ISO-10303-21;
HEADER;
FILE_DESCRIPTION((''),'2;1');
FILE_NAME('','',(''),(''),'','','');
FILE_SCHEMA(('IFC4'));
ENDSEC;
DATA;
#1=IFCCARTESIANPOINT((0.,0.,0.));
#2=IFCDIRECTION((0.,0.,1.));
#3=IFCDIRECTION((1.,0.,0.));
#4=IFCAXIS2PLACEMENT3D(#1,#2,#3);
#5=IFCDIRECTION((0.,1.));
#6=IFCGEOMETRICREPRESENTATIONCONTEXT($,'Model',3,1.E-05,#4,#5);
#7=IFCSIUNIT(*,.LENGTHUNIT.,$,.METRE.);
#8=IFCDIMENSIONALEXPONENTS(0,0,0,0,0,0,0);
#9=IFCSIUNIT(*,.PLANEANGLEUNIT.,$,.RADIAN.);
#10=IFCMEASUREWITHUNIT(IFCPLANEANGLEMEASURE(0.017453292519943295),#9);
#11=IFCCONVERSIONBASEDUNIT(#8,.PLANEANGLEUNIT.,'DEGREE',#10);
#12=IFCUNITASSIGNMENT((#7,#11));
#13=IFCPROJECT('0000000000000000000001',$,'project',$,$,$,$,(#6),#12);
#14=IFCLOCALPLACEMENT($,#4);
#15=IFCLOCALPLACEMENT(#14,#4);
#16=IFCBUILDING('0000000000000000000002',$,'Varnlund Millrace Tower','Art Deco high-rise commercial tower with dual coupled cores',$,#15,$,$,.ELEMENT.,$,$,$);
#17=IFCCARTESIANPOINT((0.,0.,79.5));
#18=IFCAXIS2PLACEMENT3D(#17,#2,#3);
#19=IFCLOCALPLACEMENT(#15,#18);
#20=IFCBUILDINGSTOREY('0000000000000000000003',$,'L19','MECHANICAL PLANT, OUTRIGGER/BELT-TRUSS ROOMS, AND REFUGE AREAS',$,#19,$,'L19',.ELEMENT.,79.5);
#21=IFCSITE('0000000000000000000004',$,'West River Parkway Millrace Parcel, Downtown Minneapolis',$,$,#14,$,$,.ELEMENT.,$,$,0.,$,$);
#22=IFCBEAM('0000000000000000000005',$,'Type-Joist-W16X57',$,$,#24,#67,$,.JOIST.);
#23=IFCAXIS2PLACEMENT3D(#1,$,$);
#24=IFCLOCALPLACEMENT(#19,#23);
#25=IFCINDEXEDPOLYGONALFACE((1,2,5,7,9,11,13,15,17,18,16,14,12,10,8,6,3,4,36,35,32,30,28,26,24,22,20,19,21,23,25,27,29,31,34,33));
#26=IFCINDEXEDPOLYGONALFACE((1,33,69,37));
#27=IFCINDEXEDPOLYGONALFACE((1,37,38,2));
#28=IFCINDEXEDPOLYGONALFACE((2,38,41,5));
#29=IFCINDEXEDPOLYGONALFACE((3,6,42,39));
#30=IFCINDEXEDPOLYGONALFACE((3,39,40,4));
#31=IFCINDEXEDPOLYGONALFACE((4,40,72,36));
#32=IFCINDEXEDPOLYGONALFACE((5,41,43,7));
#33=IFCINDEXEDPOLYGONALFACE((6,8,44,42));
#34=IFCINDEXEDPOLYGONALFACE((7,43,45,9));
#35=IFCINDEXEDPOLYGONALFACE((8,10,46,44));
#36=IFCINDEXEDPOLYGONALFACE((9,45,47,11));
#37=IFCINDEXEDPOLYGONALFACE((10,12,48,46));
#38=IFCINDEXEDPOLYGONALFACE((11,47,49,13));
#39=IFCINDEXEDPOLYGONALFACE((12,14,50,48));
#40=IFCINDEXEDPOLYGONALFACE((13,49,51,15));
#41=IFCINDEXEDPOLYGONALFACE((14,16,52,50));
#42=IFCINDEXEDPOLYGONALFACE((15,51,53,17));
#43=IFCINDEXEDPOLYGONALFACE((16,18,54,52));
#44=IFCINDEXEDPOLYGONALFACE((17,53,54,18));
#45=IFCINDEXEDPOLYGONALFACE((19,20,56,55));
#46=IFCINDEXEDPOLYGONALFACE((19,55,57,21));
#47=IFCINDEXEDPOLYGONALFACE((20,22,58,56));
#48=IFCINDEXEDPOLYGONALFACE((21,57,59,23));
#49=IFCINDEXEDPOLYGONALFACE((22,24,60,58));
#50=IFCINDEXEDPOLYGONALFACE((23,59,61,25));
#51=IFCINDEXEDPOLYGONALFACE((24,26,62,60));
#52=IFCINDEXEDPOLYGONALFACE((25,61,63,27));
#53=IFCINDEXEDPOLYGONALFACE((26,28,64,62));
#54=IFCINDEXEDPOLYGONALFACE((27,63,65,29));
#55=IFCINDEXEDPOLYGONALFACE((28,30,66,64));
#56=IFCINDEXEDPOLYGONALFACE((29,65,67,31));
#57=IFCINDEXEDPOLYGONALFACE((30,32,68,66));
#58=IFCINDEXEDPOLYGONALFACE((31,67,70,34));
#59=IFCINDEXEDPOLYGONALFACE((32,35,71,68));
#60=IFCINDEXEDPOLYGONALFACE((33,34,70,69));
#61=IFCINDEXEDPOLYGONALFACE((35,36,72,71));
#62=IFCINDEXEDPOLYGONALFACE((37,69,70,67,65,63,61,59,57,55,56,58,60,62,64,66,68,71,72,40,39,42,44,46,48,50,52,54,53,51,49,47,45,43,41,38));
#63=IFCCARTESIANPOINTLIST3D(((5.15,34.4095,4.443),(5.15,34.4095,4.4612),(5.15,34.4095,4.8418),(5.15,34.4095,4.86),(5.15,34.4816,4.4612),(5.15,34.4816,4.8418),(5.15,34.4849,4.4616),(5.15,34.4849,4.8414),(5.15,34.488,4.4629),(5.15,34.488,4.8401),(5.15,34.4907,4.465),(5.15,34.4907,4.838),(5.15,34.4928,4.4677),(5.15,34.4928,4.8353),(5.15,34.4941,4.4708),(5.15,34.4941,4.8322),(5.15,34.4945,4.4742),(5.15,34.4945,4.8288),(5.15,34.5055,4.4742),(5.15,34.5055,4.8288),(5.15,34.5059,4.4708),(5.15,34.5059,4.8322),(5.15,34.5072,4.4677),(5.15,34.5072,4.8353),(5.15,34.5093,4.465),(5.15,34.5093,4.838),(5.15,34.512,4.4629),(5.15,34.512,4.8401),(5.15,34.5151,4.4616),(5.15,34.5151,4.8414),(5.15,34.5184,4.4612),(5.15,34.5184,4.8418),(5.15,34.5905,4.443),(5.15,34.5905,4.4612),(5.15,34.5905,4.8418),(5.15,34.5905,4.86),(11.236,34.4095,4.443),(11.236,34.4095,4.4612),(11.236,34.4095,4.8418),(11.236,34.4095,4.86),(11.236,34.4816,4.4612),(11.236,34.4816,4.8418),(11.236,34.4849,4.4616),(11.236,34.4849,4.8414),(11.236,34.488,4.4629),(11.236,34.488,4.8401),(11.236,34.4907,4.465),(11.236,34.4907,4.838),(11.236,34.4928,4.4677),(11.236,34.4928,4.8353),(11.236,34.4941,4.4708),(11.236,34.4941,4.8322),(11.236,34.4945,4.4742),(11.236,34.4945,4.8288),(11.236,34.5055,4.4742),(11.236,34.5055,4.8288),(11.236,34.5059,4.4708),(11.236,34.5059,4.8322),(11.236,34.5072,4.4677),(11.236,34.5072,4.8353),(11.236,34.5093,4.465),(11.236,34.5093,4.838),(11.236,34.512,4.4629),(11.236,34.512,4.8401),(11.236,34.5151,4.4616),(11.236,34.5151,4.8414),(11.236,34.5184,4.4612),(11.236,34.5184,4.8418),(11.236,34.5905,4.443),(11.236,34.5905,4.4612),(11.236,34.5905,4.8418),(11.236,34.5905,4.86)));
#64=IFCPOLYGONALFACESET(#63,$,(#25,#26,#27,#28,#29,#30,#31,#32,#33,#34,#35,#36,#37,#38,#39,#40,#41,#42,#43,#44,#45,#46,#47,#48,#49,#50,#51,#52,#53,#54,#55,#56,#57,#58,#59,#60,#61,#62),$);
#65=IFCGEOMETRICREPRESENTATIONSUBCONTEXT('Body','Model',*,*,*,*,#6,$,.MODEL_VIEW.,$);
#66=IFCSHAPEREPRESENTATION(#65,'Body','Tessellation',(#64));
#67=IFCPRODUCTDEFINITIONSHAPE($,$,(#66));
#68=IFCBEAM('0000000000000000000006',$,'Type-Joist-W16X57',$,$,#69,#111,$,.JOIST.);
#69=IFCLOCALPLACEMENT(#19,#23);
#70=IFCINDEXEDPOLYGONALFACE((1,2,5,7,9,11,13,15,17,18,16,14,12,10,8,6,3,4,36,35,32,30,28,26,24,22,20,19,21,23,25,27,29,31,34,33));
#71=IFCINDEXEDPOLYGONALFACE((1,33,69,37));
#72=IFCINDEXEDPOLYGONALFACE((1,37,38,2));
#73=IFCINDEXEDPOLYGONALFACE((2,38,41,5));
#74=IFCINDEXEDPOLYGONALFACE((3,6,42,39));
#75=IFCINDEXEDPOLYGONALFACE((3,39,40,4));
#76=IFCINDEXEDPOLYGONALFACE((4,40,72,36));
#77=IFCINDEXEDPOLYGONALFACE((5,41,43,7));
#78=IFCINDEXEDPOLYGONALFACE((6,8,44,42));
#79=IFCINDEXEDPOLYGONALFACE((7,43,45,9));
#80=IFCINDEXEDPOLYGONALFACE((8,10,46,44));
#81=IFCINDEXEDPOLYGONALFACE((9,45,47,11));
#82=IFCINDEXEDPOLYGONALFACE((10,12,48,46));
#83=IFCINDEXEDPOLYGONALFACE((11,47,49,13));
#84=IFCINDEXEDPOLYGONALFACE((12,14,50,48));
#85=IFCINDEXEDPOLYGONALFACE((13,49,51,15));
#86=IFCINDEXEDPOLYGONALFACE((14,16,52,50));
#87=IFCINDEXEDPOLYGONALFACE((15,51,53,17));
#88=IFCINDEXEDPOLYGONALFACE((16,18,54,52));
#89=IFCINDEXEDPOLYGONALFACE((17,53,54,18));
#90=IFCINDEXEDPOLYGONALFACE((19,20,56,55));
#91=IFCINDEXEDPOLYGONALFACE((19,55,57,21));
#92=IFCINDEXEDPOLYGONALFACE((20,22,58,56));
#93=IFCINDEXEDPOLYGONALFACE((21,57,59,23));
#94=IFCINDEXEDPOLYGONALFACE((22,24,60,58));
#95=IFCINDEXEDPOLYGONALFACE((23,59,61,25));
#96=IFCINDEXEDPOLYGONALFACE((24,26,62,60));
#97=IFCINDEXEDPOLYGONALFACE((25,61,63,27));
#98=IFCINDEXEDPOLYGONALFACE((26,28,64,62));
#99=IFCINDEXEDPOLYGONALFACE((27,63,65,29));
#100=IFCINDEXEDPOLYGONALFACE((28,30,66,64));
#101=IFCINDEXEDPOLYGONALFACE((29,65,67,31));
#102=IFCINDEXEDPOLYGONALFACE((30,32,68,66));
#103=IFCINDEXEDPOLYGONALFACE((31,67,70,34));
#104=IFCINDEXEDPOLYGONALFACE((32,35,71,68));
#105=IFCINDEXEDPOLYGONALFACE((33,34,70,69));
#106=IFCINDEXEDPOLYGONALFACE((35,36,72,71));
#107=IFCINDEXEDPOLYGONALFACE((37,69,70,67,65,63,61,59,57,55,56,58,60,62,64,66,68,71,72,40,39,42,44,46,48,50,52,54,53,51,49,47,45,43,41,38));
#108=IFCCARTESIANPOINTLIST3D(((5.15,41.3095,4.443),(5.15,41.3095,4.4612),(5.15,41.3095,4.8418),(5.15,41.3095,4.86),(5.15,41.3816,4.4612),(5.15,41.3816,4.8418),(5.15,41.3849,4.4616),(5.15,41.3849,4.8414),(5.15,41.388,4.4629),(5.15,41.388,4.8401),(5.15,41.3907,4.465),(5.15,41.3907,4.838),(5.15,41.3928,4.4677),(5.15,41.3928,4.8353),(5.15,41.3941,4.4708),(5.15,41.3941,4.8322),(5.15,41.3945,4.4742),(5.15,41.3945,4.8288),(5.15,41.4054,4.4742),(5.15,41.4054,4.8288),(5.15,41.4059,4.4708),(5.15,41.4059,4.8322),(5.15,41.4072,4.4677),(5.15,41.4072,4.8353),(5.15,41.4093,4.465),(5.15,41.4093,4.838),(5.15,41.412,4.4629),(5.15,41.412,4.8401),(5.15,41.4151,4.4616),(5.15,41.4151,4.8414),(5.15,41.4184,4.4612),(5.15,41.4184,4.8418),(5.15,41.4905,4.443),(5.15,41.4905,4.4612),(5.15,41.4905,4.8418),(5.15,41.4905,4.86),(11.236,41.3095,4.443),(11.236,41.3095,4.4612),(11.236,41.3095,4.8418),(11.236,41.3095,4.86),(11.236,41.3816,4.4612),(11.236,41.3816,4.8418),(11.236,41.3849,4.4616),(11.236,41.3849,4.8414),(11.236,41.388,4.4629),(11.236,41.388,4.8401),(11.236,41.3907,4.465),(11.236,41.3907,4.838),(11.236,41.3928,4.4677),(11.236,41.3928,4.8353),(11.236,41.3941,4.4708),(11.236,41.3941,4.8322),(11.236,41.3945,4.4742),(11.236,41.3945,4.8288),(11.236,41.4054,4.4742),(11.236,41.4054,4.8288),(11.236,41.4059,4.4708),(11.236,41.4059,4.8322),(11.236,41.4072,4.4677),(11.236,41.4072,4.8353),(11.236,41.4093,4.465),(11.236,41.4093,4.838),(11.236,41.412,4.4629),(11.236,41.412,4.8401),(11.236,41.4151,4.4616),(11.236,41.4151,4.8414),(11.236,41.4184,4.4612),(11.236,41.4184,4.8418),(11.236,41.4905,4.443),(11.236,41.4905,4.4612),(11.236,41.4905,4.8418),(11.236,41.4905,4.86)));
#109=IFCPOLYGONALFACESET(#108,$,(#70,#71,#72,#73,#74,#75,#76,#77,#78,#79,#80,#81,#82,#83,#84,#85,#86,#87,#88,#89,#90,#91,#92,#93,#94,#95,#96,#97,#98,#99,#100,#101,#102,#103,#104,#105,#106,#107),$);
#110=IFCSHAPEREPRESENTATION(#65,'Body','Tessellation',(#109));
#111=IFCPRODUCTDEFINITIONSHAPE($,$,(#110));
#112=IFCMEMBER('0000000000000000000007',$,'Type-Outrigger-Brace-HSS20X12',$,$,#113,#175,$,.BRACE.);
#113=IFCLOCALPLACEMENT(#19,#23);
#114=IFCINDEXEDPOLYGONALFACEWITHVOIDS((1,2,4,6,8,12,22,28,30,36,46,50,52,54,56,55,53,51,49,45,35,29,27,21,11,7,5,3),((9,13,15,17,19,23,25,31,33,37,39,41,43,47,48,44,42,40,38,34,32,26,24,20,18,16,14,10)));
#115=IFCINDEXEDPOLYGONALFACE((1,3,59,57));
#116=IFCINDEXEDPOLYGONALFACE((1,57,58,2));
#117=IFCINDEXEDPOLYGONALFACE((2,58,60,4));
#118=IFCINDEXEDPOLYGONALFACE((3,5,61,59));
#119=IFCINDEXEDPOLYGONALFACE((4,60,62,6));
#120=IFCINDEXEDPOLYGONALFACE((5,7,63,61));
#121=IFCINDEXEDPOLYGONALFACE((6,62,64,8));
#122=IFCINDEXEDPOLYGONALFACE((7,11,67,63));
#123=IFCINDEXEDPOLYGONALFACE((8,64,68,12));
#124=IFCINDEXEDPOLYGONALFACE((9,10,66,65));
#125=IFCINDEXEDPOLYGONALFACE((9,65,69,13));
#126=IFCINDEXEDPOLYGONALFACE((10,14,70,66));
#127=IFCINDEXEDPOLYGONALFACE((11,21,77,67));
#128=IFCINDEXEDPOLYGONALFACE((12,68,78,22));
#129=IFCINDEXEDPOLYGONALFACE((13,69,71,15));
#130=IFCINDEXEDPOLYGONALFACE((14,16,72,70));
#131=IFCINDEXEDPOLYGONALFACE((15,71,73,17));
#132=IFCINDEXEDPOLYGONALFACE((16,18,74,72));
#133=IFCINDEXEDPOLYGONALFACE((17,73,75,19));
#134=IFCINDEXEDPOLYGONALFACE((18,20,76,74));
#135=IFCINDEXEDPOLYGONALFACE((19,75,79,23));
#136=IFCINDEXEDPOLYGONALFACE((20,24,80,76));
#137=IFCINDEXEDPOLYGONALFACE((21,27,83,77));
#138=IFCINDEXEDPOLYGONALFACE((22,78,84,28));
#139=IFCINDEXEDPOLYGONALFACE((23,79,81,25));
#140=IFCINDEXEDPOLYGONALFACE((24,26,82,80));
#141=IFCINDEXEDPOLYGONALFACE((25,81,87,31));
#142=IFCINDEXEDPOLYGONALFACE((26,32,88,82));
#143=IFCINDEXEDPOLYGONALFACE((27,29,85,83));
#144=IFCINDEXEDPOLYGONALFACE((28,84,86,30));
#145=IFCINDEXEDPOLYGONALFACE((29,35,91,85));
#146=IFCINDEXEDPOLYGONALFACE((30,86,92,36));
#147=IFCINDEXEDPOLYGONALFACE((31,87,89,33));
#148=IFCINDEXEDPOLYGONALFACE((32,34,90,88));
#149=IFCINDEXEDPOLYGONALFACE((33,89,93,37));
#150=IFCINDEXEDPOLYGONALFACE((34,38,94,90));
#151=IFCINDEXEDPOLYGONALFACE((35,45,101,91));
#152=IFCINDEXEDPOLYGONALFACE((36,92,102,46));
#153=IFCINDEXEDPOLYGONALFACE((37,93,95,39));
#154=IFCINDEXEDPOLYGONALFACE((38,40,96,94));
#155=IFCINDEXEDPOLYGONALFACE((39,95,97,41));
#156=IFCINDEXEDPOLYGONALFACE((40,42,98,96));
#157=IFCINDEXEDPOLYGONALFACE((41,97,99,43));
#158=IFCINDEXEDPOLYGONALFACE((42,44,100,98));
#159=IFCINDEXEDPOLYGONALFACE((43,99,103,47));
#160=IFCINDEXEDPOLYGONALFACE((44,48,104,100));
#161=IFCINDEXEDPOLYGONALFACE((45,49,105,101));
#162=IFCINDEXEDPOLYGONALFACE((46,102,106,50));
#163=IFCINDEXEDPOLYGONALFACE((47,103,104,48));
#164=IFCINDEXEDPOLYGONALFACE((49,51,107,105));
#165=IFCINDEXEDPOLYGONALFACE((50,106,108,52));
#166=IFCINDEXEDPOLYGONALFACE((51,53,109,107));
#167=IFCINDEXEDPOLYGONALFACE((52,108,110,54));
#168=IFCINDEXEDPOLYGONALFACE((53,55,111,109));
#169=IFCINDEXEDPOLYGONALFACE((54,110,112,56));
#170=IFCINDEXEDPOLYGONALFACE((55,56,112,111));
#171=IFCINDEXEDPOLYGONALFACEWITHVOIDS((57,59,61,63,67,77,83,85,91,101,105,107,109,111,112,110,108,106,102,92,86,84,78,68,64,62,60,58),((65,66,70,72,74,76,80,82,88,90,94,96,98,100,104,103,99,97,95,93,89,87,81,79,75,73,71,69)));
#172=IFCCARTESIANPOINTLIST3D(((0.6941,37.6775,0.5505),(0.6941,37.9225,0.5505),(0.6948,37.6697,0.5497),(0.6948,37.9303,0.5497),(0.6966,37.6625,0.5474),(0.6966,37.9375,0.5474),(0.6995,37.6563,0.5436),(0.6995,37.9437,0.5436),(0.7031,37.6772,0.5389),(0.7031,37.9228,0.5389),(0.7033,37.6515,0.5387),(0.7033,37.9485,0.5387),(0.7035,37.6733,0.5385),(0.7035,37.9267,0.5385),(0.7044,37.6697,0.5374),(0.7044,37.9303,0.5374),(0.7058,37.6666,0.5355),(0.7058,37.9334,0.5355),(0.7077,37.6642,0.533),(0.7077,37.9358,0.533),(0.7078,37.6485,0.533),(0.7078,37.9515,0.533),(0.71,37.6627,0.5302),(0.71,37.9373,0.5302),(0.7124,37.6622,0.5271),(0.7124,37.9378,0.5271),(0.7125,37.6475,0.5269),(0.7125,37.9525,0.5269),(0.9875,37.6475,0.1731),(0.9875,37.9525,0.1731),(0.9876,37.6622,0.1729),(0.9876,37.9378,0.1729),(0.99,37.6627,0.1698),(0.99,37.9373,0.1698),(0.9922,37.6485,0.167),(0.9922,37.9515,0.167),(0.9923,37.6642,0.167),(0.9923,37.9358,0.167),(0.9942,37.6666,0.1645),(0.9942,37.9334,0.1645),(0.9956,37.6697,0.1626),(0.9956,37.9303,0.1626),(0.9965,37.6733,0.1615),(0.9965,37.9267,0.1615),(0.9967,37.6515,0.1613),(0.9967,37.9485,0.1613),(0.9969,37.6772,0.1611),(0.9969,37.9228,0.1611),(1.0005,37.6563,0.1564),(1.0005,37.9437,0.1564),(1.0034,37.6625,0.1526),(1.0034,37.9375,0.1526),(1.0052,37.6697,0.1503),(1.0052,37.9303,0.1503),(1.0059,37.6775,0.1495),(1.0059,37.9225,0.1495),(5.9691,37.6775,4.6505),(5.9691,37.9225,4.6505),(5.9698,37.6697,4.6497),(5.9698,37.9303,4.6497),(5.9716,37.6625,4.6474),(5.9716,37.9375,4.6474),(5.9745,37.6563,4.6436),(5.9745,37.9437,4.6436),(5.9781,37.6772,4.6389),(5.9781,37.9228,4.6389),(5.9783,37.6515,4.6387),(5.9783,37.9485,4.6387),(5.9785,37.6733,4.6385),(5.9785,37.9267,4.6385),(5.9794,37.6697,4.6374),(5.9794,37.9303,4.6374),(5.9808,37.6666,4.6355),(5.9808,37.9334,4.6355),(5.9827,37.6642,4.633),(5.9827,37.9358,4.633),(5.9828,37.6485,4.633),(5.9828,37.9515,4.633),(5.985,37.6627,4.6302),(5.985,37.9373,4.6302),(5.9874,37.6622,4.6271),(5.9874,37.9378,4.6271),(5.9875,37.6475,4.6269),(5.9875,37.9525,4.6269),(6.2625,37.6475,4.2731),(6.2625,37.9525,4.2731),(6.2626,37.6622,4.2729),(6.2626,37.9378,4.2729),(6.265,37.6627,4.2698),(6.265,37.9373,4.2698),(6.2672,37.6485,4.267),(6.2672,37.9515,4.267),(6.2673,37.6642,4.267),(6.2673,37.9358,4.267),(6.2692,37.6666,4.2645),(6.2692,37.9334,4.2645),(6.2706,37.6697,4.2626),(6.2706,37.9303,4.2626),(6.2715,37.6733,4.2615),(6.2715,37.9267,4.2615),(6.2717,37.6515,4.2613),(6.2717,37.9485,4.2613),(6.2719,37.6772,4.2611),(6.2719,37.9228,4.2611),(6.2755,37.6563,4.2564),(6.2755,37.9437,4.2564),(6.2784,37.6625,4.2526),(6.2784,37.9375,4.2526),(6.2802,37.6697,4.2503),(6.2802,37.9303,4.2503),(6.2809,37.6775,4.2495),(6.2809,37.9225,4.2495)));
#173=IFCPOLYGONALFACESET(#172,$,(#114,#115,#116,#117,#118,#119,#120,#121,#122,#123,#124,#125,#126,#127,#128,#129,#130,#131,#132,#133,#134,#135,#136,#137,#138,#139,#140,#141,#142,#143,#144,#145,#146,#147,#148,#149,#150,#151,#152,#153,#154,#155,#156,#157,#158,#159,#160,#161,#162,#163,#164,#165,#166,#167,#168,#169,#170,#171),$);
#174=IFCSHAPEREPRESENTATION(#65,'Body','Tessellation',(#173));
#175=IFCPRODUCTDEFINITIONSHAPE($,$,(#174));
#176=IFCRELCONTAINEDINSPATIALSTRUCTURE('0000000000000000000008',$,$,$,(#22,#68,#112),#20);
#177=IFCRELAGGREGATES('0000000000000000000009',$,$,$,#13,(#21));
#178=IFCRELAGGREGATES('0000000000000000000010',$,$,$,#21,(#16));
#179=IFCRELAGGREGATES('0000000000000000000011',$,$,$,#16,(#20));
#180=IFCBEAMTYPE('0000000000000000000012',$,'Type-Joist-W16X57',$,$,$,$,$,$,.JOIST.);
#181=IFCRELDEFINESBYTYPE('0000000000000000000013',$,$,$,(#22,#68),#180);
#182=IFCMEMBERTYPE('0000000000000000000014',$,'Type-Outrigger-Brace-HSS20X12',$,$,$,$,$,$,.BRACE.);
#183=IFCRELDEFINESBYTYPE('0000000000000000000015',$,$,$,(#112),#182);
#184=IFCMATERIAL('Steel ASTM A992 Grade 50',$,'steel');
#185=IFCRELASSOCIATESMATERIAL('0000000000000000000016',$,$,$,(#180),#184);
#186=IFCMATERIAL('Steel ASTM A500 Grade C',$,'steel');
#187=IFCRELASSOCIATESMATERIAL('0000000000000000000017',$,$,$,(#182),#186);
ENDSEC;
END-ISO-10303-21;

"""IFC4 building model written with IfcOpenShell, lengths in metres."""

from ifc_helpers import new_model, entity, si_unit, converted_unit, direction, frame, origin_with_axes, origin_2d_with_axis, place, context, subcontext, project, spatial, hollow_rectangle, i_section, extrude, material, material_profile, profile_set, type_object, element, save


model = new_model("IFC4")

# Units and contexts
model_context = context("Model", 3, precision=1e-05, world=origin_with_axes(), true_north=direction((0.0, 1.0)))
body_context = subcontext(model_context, "Body", "Model", "MODEL_VIEW")
ifc_project = project(units=[si_unit("LENGTHUNIT", "METRE"), converted_unit("PLANEANGLEUNIT", "DEGREE", entity("IfcPlaneAngleMeasure", 0.017453292519943295), si_unit("PLANEANGLEUNIT", "RADIAN"), dimensions=[0, 0, 0, 0, 0, 0, 0])], contexts=[model_context])

# Site, building, storey
site_placement = place(None, origin_with_axes())
site = spatial("IfcSite", under=ifc_project, at=site_placement, Name="West River Parkway Millrace Parcel, Downtown Minneapolis", CompositionType="ELEMENT", RefElevation=0.0)
building_placement = place(site_placement, origin_with_axes())
building = spatial("IfcBuilding", under=site, at=building_placement, Name="Varnlund Millrace Tower", Description="Art Deco high-rise commercial tower with dual coupled cores", CompositionType="ELEMENT")
storey_placement = place(building_placement, frame((0.0, 0.0, 79.5), z_axis=(0.0, 0.0, 1.0), x_axis=(1.0, 0.0, 0.0)))
storey = spatial("IfcBuildingStorey", under=building, at=storey_placement, Name="L19", Description="MECHANICAL PLANT, OUTRIGGER/BELT-TRUSS ROOMS, AND REFUGE AREAS", LongName="L19", CompositionType="ELEMENT", Elevation=79.5)

# Shared definitions
ifc_material_1 = material(Name="Steel ASTM A500 Grade C", Category="steel")

# Beams
ifc_material_2 = material(Name="Steel ASTM A992 Grade 50", Category="steel")
ifc_material_profile_1 = material_profile(ifc_material_2, i_section(OverallWidth=0.181, OverallDepth=0.417, WebThickness=0.0109, FlangeThickness=0.0182, FilletRadius=0.013, at=origin_2d_with_axis()), Name="Steel ASTM A992 Grade 50")
ifc_profile_set_1 = profile_set([ifc_material_profile_1], Name="Steel ASTM A992 Grade 50")
beam_type_1 = type_object("IfcBeamType", Name="Type-Joist-W16X57", PredefinedType="JOIST", material=ifc_profile_set_1)
for number, where, z_axis, x_axis, name in (
    (1, (5.15, 34.5, 4.6515), (1.0, 0.0, 0.0), (0.0, 1.0, 0.0), "Type-Joist-W16X57"),
    (2, (5.15, 41.4, 4.6515), (1.0, 0.0, 0.0), (0.0, 1.0, 0.0), "Type-Joist-W16X57"),
):
    element("IfcBeam", number, at=place(storey_placement, frame(where, z_axis=z_axis, x_axis=x_axis)), inside=storey, type_object=beam_type_1, Name=name, PredefinedType="JOIST", context=body_context, shape_type="SweptSolid", body=[
        extrude(i_section(OverallWidth=0.181, OverallDepth=0.417, WebThickness=0.0109, FlangeThickness=0.0182, FilletRadius=0.013, at=origin_2d_with_axis()), origin_with_axes(), (0.0, 0.0, 1.0), 6.086),
    ])

# Member
ifc_material_profile_2 = material_profile(ifc_material_1, hollow_rectangle(XDim=0.305, YDim=0.508, WallThickness=0.0147, InnerFilletRadius=0.015, OuterFilletRadius=0.03, at=origin_2d_with_axis()), Name="Steel ASTM A500 Grade C")
ifc_profile_set_2 = profile_set([ifc_material_profile_2], Name="Steel ASTM A500 Grade C")
member_type_1 = type_object("IfcMemberType", Name="Type-Outrigger-Brace-HSS20X12", PredefinedType="BRACE", material=ifc_profile_set_2)
for number, where, z_axis, x_axis, name in (
    (3, (0.85, 37.8, 0.35), (0.789554, 0.0, 0.613682), (0.0, 1.0, 0.0), "Type-Outrigger-Brace-HSS20X12"),
):
    element("IfcMember", number, at=place(storey_placement, frame(where, z_axis=z_axis, x_axis=x_axis)), inside=storey, type_object=member_type_1, Name=name, PredefinedType="BRACE", context=body_context, shape_type="SweptSolid", body=[
        extrude(hollow_rectangle(XDim=0.305, YDim=0.508, WallThickness=0.0147, InnerFilletRadius=0.015, OuterFilletRadius=0.03, at=origin_2d_with_axis()), origin_with_axes(), (0.0, 0.0, 1.0), 6.681),
    ])

save(model, "model.ifc")
